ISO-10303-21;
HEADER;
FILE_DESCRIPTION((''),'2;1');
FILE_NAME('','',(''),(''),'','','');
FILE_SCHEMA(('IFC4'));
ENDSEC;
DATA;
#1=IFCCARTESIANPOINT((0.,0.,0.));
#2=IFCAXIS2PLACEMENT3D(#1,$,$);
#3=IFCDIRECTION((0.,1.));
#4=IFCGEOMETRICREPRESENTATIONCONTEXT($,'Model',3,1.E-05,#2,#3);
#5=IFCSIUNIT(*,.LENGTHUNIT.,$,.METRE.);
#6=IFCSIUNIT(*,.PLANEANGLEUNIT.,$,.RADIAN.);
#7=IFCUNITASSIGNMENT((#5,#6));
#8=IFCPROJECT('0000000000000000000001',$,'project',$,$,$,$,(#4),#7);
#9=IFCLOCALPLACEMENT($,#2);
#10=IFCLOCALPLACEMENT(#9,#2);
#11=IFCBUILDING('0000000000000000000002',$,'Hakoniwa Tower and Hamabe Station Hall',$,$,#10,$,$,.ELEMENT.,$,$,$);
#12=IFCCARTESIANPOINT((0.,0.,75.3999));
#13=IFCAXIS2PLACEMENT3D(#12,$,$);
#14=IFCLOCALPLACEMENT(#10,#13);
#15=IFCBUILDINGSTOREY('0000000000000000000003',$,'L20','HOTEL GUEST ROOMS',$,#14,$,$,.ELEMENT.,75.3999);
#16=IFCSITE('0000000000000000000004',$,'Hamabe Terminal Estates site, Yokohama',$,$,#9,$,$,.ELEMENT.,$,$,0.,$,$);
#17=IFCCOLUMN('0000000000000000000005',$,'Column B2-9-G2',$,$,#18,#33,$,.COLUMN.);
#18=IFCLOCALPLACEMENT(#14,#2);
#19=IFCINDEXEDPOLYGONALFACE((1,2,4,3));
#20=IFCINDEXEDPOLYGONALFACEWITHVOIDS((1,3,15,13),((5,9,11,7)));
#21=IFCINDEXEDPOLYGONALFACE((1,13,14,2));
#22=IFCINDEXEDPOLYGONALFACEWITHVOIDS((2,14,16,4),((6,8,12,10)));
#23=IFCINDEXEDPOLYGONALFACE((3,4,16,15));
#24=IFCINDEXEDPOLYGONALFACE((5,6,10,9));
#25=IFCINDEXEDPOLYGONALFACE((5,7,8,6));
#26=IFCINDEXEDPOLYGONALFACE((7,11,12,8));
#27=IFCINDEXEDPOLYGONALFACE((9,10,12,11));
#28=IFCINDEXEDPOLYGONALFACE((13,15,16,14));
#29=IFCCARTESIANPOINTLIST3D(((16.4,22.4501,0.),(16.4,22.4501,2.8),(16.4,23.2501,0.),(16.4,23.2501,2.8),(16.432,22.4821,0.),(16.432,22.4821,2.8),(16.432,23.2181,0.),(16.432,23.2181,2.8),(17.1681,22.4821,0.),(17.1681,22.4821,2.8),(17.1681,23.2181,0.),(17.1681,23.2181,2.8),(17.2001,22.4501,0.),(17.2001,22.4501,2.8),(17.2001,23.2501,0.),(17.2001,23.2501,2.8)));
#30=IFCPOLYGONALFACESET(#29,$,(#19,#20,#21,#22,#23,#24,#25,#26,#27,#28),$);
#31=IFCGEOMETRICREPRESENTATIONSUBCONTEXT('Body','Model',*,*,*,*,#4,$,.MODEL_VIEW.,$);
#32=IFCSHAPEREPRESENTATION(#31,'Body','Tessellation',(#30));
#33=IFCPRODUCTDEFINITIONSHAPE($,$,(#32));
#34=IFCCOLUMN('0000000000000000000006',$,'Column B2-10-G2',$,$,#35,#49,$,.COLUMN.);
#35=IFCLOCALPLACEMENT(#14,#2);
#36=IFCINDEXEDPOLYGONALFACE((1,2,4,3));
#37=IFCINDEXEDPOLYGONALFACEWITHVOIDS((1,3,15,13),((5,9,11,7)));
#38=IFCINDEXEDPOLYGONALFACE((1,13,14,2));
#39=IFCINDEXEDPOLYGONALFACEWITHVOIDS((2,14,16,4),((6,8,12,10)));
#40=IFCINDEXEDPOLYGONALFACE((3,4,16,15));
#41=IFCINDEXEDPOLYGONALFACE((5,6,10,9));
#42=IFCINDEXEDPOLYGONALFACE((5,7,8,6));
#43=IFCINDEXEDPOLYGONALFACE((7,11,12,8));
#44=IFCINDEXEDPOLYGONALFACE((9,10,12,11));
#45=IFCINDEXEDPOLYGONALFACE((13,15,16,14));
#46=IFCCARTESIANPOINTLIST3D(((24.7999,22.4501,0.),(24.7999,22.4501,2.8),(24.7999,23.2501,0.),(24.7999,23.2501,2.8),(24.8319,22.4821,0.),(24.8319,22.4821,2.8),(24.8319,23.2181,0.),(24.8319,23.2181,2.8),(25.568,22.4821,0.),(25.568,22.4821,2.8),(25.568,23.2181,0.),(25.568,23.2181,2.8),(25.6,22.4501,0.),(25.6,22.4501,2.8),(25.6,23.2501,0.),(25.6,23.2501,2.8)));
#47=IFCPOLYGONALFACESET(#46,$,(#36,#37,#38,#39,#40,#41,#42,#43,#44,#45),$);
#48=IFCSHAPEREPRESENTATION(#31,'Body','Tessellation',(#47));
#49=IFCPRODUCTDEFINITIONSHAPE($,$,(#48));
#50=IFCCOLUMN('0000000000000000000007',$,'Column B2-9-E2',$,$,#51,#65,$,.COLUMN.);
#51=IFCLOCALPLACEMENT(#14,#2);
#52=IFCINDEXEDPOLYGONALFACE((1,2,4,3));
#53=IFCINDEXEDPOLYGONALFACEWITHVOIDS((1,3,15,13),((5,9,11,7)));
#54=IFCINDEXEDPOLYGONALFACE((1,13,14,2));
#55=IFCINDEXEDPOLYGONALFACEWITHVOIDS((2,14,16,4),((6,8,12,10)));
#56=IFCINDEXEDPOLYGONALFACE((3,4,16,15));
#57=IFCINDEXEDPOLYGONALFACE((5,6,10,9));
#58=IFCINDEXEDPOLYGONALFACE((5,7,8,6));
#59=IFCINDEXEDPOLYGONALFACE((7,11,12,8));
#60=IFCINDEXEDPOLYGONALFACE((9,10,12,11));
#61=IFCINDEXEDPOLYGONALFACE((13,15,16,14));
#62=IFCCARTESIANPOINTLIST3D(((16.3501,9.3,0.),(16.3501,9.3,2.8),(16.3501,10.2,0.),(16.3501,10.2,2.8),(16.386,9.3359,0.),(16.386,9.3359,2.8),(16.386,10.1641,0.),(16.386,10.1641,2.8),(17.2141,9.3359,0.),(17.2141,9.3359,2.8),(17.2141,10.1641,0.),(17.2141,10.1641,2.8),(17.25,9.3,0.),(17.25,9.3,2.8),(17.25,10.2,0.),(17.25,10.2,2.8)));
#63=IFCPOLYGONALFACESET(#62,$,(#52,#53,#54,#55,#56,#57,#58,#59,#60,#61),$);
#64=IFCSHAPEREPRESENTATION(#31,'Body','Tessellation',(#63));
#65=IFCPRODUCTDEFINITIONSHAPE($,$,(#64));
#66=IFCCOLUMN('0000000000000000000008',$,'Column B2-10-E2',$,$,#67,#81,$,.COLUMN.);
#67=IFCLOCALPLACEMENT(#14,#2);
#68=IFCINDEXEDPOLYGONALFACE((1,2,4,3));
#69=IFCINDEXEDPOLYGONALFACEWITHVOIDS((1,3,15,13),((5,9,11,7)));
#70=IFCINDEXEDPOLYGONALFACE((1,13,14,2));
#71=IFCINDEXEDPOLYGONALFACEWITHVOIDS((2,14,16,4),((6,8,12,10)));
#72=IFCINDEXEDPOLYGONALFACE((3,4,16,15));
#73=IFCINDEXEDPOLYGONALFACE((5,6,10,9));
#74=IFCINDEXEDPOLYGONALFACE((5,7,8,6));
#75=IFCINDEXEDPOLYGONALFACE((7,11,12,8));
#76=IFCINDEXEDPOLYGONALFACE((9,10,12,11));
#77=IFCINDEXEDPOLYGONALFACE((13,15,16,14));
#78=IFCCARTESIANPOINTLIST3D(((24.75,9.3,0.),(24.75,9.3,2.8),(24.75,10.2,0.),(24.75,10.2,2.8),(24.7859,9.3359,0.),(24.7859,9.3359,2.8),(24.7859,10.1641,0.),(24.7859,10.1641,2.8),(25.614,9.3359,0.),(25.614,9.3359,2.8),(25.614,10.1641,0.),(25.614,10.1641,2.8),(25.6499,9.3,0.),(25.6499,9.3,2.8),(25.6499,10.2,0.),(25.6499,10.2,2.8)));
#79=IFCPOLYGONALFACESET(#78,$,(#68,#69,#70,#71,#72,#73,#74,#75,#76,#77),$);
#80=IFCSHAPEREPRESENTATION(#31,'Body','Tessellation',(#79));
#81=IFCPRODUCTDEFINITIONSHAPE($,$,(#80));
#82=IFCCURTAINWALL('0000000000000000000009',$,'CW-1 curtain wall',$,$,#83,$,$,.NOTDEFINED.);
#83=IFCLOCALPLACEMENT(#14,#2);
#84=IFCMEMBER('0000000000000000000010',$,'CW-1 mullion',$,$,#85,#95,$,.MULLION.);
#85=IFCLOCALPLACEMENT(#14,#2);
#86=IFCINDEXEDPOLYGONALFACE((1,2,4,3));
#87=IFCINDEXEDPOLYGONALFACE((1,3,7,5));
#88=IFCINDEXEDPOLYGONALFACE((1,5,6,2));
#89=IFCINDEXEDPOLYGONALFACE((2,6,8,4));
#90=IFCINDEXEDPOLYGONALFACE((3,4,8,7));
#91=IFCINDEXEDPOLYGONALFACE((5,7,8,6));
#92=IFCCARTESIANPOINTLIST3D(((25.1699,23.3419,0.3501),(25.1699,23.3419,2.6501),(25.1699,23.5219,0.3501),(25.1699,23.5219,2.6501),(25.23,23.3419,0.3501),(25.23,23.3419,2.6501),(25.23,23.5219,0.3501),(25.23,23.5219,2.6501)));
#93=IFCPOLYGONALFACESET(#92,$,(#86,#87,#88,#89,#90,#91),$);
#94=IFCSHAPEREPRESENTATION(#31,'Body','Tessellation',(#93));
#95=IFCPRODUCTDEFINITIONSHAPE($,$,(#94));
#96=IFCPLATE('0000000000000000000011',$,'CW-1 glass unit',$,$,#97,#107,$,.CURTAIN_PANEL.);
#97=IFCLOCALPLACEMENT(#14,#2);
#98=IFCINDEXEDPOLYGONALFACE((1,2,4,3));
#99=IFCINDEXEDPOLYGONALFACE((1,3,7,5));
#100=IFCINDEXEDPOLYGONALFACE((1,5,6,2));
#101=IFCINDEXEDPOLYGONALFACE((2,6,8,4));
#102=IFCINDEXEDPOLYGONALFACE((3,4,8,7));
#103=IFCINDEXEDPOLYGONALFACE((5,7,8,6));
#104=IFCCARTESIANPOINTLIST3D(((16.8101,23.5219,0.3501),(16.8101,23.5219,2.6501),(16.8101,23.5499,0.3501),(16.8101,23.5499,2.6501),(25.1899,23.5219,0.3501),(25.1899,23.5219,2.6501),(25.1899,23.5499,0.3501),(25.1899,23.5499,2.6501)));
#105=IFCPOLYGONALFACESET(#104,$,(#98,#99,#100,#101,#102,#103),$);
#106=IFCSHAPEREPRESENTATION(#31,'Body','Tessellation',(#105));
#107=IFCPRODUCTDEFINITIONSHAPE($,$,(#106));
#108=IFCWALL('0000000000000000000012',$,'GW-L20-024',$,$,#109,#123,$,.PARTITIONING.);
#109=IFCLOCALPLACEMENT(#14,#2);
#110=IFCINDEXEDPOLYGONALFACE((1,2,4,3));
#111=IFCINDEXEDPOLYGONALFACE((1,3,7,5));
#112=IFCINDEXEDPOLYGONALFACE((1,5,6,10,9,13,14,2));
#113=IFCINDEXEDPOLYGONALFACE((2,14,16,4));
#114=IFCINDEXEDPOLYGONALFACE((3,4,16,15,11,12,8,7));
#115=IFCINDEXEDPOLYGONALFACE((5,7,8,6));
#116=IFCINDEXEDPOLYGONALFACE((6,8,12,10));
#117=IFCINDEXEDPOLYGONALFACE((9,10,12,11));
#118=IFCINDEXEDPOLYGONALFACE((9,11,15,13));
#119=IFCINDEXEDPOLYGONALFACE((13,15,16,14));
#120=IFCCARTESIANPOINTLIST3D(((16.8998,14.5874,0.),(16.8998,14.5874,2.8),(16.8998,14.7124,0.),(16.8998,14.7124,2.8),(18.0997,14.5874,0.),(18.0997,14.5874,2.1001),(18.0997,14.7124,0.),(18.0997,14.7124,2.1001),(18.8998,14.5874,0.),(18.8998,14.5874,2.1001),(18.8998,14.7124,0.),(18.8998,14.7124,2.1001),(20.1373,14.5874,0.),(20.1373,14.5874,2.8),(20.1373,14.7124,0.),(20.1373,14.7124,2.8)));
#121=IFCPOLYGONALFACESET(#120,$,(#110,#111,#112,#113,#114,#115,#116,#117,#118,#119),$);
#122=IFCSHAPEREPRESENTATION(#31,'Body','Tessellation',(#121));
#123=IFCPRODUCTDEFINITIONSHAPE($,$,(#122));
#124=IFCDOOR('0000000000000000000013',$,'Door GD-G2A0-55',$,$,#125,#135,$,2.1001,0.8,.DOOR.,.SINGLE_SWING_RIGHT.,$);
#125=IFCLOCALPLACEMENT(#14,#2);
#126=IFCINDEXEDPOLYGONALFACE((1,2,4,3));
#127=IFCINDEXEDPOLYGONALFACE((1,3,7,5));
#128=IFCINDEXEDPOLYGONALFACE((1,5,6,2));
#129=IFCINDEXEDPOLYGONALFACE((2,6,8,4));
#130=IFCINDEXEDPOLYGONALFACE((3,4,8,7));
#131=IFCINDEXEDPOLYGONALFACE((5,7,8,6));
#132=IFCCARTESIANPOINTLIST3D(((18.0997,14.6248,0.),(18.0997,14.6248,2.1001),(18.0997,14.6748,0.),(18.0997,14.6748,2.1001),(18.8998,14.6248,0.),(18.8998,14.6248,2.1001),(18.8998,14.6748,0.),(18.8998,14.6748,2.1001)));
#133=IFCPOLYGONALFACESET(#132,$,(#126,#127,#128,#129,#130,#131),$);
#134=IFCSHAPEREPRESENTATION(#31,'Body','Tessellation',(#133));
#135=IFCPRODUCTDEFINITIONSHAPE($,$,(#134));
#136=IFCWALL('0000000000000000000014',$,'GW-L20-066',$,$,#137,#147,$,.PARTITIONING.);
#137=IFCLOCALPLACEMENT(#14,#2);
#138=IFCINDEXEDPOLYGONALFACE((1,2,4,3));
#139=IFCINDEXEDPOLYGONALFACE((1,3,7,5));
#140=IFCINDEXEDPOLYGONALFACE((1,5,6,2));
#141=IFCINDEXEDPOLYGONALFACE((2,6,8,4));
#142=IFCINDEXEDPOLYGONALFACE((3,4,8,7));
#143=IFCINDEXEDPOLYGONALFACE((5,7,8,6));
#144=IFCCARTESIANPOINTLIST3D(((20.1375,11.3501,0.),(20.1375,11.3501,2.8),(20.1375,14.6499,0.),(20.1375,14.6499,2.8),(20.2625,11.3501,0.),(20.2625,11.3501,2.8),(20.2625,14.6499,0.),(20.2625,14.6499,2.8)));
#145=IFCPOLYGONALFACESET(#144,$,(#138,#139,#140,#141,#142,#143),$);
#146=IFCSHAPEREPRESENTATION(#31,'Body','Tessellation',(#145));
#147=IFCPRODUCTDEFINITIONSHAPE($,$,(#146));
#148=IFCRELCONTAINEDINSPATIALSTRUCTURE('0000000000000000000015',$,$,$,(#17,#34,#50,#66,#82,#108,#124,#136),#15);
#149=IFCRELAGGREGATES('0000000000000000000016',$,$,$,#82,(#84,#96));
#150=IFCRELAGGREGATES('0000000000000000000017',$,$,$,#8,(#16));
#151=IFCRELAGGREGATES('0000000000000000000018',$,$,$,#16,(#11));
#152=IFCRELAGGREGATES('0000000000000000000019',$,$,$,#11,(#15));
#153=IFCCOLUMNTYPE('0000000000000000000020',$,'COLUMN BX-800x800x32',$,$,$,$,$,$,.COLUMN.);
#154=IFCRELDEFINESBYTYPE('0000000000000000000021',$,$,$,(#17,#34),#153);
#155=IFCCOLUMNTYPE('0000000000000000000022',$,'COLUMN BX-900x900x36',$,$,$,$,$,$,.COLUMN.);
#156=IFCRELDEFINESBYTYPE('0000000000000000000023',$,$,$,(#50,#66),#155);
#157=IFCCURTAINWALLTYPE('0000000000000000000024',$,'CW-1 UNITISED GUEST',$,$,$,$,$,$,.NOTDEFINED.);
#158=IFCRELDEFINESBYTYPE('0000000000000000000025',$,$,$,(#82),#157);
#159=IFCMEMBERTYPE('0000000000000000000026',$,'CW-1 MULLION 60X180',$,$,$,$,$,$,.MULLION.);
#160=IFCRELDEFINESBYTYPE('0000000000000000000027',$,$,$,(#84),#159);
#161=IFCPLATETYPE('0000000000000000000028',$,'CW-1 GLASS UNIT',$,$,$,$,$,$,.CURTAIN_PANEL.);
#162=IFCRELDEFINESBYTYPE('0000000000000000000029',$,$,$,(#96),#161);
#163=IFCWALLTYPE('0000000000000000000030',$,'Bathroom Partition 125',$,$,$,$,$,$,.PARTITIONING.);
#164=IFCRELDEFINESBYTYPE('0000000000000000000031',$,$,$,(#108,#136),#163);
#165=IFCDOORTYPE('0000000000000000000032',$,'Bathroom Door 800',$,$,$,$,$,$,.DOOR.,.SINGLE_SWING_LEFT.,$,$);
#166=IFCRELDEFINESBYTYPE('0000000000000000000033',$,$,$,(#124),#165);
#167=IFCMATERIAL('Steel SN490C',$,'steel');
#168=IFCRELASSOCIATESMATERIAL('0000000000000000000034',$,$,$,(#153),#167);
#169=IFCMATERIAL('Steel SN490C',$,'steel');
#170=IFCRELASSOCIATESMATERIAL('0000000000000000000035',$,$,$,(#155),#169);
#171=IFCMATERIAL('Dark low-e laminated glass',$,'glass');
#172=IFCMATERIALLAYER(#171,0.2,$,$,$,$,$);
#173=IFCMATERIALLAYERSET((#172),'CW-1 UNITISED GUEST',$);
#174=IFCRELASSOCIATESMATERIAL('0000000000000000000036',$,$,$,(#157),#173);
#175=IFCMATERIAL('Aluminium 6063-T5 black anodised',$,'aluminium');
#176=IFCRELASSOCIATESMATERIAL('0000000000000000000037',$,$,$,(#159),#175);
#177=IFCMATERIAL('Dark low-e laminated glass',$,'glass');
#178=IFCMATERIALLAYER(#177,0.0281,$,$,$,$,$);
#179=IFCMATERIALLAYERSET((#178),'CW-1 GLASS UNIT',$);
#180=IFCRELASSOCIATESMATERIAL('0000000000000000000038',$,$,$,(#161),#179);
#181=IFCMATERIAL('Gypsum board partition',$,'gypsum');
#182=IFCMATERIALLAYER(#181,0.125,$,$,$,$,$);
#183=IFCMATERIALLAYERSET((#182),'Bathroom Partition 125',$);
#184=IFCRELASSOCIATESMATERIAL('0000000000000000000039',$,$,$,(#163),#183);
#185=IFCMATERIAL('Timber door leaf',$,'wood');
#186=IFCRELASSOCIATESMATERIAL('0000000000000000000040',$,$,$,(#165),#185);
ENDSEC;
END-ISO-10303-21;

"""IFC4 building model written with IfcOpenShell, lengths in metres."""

from ifc_helpers import new_model, si_unit, direction, frame, frame_2d, origin, origin_2d, place, context, subcontext, project, spatial, rectangle, hollow_rectangle, extrude, material, layer, layer_set, material_profile, profile_set, type_object, element, fill, aggregate, save


model = new_model("IFC4")

# Units and contexts
model_context = context("Model", 3, precision=1e-05, world=origin(), true_north=direction((0.0, 1.0)))
body_context = subcontext(model_context, "Body", "Model", "MODEL_VIEW")
ifc_project = project(units=[si_unit("LENGTHUNIT", "METRE"), si_unit("PLANEANGLEUNIT", "RADIAN")], contexts=[model_context])

# Site, building, storey
site_placement = place(None, origin())
site = spatial("IfcSite", under=ifc_project, at=site_placement, Name="Hamabe Terminal Estates site, Yokohama", CompositionType="ELEMENT", RefElevation=0.0)
building_placement = place(site_placement, origin())
building = spatial("IfcBuilding", under=site, at=building_placement, Name="Hakoniwa Tower and Hamabe Station Hall", CompositionType="ELEMENT")
storey_placement = place(building_placement, frame((0.0, 0.0, 75.3999)))
storey = spatial("IfcBuildingStorey", under=building, at=storey_placement, Name="L20", Description="HOTEL GUEST ROOMS", CompositionType="ELEMENT", Elevation=75.3999)

# Columns
ifc_material_1 = material(Name="Steel SN490C", Category="steel")
ifc_material_profile_1 = material_profile(ifc_material_1, hollow_rectangle(XDim=0.8, YDim=0.8, WallThickness=0.032, at=origin_2d()), Name="BX-800x800x32")
ifc_profile_set_1 = profile_set([ifc_material_profile_1], Name="Steel SN490C")
column_type_1 = type_object("IfcColumnType", Name="COLUMN BX-800x800x32", PredefinedType="COLUMN", material=ifc_profile_set_1)
for number, where, z_axis, x_axis, name in (
    (1, (16.8, 22.8501, 0.0), (0.0, 0.0, 1.0), (1.0, 0.0, 0.0), "Column B2-9-G2"),
    (2, (25.2, 22.8501, 0.0), (0.0, 0.0, 1.0), (1.0, 0.0, 0.0), "Column B2-10-G2"),
):
    element("IfcColumn", number, at=place(storey_placement, frame(where, z_axis=z_axis, x_axis=x_axis)), inside=storey, type_object=column_type_1, Name=name, PredefinedType="COLUMN", context=body_context, shape_type="SweptSolid", body=[
        extrude(hollow_rectangle(XDim=0.8, YDim=0.8, WallThickness=0.032, at=origin_2d()), origin(), (0.0, 0.0, 1.0), 2.8),
    ])
ifc_material_2 = material(Name="Steel SN490C", Category="steel")
ifc_material_profile_2 = material_profile(ifc_material_2, hollow_rectangle(XDim=0.8999, YDim=0.8999, WallThickness=0.0359, at=origin_2d()), Name="BX-900x900x36")
ifc_profile_set_2 = profile_set([ifc_material_profile_2], Name="Steel SN490C")
column_type_2 = type_object("IfcColumnType", Name="COLUMN BX-900x900x36", PredefinedType="COLUMN", material=ifc_profile_set_2)
for number, where, z_axis, x_axis, name in (
    (3, (16.8, 9.75, 0.0), (0.0, 0.0, 1.0), (1.0, 0.0, 0.0), "Column B2-9-E2"),
    (4, (25.2, 9.75, 0.0), (0.0, 0.0, 1.0), (1.0, 0.0, 0.0), "Column B2-10-E2"),
):
    element("IfcColumn", number, at=place(storey_placement, frame(where, z_axis=z_axis, x_axis=x_axis)), inside=storey, type_object=column_type_2, Name=name, PredefinedType="COLUMN", context=body_context, shape_type="SweptSolid", body=[
        extrude(hollow_rectangle(XDim=0.8999, YDim=0.8999, WallThickness=0.0359, at=origin_2d()), origin(), (0.0, 0.0, 1.0), 2.8),
    ])

# Curtain wall, member, plate
ifc_material_3 = material(Name="Dark low-e laminated glass", Category="glass")
ifc_layer_1 = layer(ifc_material_3, 0.2)
ifc_layer_set_1 = layer_set([ifc_layer_1], Name="CW-1 UNITISED GUEST")
curtain_wall_type = type_object("IfcCurtainWallType", Name="CW-1 UNITISED GUEST", PredefinedType="NOTDEFINED", material=ifc_layer_set_1)
curtain_wall_placement = place(storey_placement, origin())
curtain_wall = element("IfcCurtainWall", 5, at=curtain_wall_placement, inside=storey, type_object=curtain_wall_type, Name="CW-1 curtain wall", PredefinedType="NOTDEFINED")
ifc_material_4 = material(Name="Aluminium 6063-T5 black anodised", Category="aluminium")
ifc_material_profile_3 = material_profile(ifc_material_4, rectangle(XDim=0.0601, YDim=0.1799, at=origin_2d()), Name="CW-1 MULLION 60X180")
ifc_profile_set_3 = profile_set([ifc_material_profile_3], Name="Aluminium 6063-T5 black anodised")
member_type = type_object("IfcMemberType", Name="CW-1 MULLION 60X180", PredefinedType="MULLION", material=ifc_profile_set_3)
member_placement = place(storey_placement, frame((25.2, 23.4319, 0.3501), z_axis=(0.0, 0.0, 1.0), x_axis=(-1.0, 0.0, 0.0)))
member = element("IfcMember", 6, at=member_placement, type_object=member_type, Name="CW-1 mullion", PredefinedType="MULLION", context=body_context, shape_type="SweptSolid", body=[
    extrude(rectangle(XDim=0.0601, YDim=0.1799, at=origin_2d()), origin(), (0.0, 0.0, 1.0), 2.3),
])
ifc_material_5 = material(Name="Dark low-e laminated glass", Category="glass")
ifc_layer_2 = layer(ifc_material_5, 0.0281)
ifc_layer_set_2 = layer_set([ifc_layer_2], Name="CW-1 GLASS UNIT")
plate_type = type_object("IfcPlateType", Name="CW-1 GLASS UNIT", PredefinedType="CURTAIN_PANEL", material=ifc_layer_set_2)
plate_placement = place(storey_placement, frame((21.0, 23.5359, 0.3501), z_axis=(0.0, 0.0, 1.0), x_axis=(-1.0, 0.0, 0.0)))
plate = element("IfcPlate", 7, at=plate_placement, type_object=plate_type, Name="CW-1 glass unit", PredefinedType="CURTAIN_PANEL", context=body_context, shape_type="SweptSolid", body=[
    extrude(rectangle(XDim=8.3799, YDim=0.0281, at=origin_2d()), origin(), (0.0, 0.0, 1.0), 2.3),
])
aggregate(curtain_wall, [member, plate])

# Wall, opening, door
ifc_material_6 = material(Name="Gypsum board partition", Category="gypsum")
ifc_layer_3 = layer(ifc_material_6, 0.125)
ifc_layer_set_3 = layer_set([ifc_layer_3], Name="Bathroom Partition 125")
wall_type_1 = type_object("IfcWallType", Name="Bathroom Partition 125", PredefinedType="PARTITIONING", material=ifc_layer_set_3)
wall_1_placement = place(storey_placement, frame((16.8999, 14.6499, 0.0), z_axis=(0.0, 0.0, 1.0), x_axis=(1.0, 0.0, 0.0)))
wall_1 = element("IfcWall", 8, at=wall_1_placement, inside=storey, type_object=wall_type_1, Name="GW-L20-024", PredefinedType="PARTITIONING", context=body_context, shape_type="SweptSolid", body=[
    extrude(rectangle(XDim=3.2375, YDim=0.125, at=frame_2d((1.6187, 0.0))), origin(), (0.0, 0.0, 1.0), 2.8),
])
opening_1_placement = place(wall_1_placement, frame((1.2, 0.0, 0.0)))
opening_1 = element("IfcOpeningElement", 9, at=opening_1_placement, cuts=wall_1, PredefinedType="OPENING", context=body_context, shape_type="SweptSolid", body=[
    extrude(rectangle(XDim=0.8, YDim=2.1001, at=frame_2d((0.3999, 1.05))), frame((0.0, 0.0725, 0.0), z_axis=(0.0, -1.0, 0.0), x_axis=(1.0, 0.0, 0.0)), (0.0, 0.0, 1.0), 0.145),
])
ifc_material_7 = material(Name="Timber door leaf", Category="wood")
door_type_1 = type_object("IfcDoorType", Name="Bathroom Door 800", OperationType="SINGLE_SWING_LEFT", PredefinedType="DOOR", material=ifc_material_7)
door_1_placement = place(opening_1_placement, origin())
door_1 = element("IfcDoor", 10, at=door_1_placement, inside=storey, type_object=door_type_1, Name="Door GD-G2A0-55", OperationType="SINGLE_SWING_RIGHT", OverallHeight=2.1001, OverallWidth=0.8, PredefinedType="DOOR", context=body_context, shape_type="SweptSolid", body=[
    extrude(rectangle(XDim=0.8, YDim=2.1001, at=frame_2d((0.3999, 1.05))), frame((0.0, 0.0249, 0.0), z_axis=(0.0, -1.0, 0.0), x_axis=(1.0, 0.0, 0.0)), (0.0, 0.0, 1.0), 0.05),
])
fill(opening_1, door_1)

# Wall
wall_2_placement = place(storey_placement, frame((20.2, 11.3501, 0.0), z_axis=(0.0, 0.0, 1.0), x_axis=(0.0, 1.0, 0.0)))
element("IfcWall", 11, at=wall_2_placement, inside=storey, type_object=wall_type_1, Name="GW-L20-066", PredefinedType="PARTITIONING", context=body_context, shape_type="SweptSolid", body=[
    extrude(rectangle(XDim=3.2998, YDim=0.125, at=frame_2d((1.6499, 0.0))), origin(), (0.0, 0.0, 1.0), 2.8),
])

save(model, "model.ifc")
